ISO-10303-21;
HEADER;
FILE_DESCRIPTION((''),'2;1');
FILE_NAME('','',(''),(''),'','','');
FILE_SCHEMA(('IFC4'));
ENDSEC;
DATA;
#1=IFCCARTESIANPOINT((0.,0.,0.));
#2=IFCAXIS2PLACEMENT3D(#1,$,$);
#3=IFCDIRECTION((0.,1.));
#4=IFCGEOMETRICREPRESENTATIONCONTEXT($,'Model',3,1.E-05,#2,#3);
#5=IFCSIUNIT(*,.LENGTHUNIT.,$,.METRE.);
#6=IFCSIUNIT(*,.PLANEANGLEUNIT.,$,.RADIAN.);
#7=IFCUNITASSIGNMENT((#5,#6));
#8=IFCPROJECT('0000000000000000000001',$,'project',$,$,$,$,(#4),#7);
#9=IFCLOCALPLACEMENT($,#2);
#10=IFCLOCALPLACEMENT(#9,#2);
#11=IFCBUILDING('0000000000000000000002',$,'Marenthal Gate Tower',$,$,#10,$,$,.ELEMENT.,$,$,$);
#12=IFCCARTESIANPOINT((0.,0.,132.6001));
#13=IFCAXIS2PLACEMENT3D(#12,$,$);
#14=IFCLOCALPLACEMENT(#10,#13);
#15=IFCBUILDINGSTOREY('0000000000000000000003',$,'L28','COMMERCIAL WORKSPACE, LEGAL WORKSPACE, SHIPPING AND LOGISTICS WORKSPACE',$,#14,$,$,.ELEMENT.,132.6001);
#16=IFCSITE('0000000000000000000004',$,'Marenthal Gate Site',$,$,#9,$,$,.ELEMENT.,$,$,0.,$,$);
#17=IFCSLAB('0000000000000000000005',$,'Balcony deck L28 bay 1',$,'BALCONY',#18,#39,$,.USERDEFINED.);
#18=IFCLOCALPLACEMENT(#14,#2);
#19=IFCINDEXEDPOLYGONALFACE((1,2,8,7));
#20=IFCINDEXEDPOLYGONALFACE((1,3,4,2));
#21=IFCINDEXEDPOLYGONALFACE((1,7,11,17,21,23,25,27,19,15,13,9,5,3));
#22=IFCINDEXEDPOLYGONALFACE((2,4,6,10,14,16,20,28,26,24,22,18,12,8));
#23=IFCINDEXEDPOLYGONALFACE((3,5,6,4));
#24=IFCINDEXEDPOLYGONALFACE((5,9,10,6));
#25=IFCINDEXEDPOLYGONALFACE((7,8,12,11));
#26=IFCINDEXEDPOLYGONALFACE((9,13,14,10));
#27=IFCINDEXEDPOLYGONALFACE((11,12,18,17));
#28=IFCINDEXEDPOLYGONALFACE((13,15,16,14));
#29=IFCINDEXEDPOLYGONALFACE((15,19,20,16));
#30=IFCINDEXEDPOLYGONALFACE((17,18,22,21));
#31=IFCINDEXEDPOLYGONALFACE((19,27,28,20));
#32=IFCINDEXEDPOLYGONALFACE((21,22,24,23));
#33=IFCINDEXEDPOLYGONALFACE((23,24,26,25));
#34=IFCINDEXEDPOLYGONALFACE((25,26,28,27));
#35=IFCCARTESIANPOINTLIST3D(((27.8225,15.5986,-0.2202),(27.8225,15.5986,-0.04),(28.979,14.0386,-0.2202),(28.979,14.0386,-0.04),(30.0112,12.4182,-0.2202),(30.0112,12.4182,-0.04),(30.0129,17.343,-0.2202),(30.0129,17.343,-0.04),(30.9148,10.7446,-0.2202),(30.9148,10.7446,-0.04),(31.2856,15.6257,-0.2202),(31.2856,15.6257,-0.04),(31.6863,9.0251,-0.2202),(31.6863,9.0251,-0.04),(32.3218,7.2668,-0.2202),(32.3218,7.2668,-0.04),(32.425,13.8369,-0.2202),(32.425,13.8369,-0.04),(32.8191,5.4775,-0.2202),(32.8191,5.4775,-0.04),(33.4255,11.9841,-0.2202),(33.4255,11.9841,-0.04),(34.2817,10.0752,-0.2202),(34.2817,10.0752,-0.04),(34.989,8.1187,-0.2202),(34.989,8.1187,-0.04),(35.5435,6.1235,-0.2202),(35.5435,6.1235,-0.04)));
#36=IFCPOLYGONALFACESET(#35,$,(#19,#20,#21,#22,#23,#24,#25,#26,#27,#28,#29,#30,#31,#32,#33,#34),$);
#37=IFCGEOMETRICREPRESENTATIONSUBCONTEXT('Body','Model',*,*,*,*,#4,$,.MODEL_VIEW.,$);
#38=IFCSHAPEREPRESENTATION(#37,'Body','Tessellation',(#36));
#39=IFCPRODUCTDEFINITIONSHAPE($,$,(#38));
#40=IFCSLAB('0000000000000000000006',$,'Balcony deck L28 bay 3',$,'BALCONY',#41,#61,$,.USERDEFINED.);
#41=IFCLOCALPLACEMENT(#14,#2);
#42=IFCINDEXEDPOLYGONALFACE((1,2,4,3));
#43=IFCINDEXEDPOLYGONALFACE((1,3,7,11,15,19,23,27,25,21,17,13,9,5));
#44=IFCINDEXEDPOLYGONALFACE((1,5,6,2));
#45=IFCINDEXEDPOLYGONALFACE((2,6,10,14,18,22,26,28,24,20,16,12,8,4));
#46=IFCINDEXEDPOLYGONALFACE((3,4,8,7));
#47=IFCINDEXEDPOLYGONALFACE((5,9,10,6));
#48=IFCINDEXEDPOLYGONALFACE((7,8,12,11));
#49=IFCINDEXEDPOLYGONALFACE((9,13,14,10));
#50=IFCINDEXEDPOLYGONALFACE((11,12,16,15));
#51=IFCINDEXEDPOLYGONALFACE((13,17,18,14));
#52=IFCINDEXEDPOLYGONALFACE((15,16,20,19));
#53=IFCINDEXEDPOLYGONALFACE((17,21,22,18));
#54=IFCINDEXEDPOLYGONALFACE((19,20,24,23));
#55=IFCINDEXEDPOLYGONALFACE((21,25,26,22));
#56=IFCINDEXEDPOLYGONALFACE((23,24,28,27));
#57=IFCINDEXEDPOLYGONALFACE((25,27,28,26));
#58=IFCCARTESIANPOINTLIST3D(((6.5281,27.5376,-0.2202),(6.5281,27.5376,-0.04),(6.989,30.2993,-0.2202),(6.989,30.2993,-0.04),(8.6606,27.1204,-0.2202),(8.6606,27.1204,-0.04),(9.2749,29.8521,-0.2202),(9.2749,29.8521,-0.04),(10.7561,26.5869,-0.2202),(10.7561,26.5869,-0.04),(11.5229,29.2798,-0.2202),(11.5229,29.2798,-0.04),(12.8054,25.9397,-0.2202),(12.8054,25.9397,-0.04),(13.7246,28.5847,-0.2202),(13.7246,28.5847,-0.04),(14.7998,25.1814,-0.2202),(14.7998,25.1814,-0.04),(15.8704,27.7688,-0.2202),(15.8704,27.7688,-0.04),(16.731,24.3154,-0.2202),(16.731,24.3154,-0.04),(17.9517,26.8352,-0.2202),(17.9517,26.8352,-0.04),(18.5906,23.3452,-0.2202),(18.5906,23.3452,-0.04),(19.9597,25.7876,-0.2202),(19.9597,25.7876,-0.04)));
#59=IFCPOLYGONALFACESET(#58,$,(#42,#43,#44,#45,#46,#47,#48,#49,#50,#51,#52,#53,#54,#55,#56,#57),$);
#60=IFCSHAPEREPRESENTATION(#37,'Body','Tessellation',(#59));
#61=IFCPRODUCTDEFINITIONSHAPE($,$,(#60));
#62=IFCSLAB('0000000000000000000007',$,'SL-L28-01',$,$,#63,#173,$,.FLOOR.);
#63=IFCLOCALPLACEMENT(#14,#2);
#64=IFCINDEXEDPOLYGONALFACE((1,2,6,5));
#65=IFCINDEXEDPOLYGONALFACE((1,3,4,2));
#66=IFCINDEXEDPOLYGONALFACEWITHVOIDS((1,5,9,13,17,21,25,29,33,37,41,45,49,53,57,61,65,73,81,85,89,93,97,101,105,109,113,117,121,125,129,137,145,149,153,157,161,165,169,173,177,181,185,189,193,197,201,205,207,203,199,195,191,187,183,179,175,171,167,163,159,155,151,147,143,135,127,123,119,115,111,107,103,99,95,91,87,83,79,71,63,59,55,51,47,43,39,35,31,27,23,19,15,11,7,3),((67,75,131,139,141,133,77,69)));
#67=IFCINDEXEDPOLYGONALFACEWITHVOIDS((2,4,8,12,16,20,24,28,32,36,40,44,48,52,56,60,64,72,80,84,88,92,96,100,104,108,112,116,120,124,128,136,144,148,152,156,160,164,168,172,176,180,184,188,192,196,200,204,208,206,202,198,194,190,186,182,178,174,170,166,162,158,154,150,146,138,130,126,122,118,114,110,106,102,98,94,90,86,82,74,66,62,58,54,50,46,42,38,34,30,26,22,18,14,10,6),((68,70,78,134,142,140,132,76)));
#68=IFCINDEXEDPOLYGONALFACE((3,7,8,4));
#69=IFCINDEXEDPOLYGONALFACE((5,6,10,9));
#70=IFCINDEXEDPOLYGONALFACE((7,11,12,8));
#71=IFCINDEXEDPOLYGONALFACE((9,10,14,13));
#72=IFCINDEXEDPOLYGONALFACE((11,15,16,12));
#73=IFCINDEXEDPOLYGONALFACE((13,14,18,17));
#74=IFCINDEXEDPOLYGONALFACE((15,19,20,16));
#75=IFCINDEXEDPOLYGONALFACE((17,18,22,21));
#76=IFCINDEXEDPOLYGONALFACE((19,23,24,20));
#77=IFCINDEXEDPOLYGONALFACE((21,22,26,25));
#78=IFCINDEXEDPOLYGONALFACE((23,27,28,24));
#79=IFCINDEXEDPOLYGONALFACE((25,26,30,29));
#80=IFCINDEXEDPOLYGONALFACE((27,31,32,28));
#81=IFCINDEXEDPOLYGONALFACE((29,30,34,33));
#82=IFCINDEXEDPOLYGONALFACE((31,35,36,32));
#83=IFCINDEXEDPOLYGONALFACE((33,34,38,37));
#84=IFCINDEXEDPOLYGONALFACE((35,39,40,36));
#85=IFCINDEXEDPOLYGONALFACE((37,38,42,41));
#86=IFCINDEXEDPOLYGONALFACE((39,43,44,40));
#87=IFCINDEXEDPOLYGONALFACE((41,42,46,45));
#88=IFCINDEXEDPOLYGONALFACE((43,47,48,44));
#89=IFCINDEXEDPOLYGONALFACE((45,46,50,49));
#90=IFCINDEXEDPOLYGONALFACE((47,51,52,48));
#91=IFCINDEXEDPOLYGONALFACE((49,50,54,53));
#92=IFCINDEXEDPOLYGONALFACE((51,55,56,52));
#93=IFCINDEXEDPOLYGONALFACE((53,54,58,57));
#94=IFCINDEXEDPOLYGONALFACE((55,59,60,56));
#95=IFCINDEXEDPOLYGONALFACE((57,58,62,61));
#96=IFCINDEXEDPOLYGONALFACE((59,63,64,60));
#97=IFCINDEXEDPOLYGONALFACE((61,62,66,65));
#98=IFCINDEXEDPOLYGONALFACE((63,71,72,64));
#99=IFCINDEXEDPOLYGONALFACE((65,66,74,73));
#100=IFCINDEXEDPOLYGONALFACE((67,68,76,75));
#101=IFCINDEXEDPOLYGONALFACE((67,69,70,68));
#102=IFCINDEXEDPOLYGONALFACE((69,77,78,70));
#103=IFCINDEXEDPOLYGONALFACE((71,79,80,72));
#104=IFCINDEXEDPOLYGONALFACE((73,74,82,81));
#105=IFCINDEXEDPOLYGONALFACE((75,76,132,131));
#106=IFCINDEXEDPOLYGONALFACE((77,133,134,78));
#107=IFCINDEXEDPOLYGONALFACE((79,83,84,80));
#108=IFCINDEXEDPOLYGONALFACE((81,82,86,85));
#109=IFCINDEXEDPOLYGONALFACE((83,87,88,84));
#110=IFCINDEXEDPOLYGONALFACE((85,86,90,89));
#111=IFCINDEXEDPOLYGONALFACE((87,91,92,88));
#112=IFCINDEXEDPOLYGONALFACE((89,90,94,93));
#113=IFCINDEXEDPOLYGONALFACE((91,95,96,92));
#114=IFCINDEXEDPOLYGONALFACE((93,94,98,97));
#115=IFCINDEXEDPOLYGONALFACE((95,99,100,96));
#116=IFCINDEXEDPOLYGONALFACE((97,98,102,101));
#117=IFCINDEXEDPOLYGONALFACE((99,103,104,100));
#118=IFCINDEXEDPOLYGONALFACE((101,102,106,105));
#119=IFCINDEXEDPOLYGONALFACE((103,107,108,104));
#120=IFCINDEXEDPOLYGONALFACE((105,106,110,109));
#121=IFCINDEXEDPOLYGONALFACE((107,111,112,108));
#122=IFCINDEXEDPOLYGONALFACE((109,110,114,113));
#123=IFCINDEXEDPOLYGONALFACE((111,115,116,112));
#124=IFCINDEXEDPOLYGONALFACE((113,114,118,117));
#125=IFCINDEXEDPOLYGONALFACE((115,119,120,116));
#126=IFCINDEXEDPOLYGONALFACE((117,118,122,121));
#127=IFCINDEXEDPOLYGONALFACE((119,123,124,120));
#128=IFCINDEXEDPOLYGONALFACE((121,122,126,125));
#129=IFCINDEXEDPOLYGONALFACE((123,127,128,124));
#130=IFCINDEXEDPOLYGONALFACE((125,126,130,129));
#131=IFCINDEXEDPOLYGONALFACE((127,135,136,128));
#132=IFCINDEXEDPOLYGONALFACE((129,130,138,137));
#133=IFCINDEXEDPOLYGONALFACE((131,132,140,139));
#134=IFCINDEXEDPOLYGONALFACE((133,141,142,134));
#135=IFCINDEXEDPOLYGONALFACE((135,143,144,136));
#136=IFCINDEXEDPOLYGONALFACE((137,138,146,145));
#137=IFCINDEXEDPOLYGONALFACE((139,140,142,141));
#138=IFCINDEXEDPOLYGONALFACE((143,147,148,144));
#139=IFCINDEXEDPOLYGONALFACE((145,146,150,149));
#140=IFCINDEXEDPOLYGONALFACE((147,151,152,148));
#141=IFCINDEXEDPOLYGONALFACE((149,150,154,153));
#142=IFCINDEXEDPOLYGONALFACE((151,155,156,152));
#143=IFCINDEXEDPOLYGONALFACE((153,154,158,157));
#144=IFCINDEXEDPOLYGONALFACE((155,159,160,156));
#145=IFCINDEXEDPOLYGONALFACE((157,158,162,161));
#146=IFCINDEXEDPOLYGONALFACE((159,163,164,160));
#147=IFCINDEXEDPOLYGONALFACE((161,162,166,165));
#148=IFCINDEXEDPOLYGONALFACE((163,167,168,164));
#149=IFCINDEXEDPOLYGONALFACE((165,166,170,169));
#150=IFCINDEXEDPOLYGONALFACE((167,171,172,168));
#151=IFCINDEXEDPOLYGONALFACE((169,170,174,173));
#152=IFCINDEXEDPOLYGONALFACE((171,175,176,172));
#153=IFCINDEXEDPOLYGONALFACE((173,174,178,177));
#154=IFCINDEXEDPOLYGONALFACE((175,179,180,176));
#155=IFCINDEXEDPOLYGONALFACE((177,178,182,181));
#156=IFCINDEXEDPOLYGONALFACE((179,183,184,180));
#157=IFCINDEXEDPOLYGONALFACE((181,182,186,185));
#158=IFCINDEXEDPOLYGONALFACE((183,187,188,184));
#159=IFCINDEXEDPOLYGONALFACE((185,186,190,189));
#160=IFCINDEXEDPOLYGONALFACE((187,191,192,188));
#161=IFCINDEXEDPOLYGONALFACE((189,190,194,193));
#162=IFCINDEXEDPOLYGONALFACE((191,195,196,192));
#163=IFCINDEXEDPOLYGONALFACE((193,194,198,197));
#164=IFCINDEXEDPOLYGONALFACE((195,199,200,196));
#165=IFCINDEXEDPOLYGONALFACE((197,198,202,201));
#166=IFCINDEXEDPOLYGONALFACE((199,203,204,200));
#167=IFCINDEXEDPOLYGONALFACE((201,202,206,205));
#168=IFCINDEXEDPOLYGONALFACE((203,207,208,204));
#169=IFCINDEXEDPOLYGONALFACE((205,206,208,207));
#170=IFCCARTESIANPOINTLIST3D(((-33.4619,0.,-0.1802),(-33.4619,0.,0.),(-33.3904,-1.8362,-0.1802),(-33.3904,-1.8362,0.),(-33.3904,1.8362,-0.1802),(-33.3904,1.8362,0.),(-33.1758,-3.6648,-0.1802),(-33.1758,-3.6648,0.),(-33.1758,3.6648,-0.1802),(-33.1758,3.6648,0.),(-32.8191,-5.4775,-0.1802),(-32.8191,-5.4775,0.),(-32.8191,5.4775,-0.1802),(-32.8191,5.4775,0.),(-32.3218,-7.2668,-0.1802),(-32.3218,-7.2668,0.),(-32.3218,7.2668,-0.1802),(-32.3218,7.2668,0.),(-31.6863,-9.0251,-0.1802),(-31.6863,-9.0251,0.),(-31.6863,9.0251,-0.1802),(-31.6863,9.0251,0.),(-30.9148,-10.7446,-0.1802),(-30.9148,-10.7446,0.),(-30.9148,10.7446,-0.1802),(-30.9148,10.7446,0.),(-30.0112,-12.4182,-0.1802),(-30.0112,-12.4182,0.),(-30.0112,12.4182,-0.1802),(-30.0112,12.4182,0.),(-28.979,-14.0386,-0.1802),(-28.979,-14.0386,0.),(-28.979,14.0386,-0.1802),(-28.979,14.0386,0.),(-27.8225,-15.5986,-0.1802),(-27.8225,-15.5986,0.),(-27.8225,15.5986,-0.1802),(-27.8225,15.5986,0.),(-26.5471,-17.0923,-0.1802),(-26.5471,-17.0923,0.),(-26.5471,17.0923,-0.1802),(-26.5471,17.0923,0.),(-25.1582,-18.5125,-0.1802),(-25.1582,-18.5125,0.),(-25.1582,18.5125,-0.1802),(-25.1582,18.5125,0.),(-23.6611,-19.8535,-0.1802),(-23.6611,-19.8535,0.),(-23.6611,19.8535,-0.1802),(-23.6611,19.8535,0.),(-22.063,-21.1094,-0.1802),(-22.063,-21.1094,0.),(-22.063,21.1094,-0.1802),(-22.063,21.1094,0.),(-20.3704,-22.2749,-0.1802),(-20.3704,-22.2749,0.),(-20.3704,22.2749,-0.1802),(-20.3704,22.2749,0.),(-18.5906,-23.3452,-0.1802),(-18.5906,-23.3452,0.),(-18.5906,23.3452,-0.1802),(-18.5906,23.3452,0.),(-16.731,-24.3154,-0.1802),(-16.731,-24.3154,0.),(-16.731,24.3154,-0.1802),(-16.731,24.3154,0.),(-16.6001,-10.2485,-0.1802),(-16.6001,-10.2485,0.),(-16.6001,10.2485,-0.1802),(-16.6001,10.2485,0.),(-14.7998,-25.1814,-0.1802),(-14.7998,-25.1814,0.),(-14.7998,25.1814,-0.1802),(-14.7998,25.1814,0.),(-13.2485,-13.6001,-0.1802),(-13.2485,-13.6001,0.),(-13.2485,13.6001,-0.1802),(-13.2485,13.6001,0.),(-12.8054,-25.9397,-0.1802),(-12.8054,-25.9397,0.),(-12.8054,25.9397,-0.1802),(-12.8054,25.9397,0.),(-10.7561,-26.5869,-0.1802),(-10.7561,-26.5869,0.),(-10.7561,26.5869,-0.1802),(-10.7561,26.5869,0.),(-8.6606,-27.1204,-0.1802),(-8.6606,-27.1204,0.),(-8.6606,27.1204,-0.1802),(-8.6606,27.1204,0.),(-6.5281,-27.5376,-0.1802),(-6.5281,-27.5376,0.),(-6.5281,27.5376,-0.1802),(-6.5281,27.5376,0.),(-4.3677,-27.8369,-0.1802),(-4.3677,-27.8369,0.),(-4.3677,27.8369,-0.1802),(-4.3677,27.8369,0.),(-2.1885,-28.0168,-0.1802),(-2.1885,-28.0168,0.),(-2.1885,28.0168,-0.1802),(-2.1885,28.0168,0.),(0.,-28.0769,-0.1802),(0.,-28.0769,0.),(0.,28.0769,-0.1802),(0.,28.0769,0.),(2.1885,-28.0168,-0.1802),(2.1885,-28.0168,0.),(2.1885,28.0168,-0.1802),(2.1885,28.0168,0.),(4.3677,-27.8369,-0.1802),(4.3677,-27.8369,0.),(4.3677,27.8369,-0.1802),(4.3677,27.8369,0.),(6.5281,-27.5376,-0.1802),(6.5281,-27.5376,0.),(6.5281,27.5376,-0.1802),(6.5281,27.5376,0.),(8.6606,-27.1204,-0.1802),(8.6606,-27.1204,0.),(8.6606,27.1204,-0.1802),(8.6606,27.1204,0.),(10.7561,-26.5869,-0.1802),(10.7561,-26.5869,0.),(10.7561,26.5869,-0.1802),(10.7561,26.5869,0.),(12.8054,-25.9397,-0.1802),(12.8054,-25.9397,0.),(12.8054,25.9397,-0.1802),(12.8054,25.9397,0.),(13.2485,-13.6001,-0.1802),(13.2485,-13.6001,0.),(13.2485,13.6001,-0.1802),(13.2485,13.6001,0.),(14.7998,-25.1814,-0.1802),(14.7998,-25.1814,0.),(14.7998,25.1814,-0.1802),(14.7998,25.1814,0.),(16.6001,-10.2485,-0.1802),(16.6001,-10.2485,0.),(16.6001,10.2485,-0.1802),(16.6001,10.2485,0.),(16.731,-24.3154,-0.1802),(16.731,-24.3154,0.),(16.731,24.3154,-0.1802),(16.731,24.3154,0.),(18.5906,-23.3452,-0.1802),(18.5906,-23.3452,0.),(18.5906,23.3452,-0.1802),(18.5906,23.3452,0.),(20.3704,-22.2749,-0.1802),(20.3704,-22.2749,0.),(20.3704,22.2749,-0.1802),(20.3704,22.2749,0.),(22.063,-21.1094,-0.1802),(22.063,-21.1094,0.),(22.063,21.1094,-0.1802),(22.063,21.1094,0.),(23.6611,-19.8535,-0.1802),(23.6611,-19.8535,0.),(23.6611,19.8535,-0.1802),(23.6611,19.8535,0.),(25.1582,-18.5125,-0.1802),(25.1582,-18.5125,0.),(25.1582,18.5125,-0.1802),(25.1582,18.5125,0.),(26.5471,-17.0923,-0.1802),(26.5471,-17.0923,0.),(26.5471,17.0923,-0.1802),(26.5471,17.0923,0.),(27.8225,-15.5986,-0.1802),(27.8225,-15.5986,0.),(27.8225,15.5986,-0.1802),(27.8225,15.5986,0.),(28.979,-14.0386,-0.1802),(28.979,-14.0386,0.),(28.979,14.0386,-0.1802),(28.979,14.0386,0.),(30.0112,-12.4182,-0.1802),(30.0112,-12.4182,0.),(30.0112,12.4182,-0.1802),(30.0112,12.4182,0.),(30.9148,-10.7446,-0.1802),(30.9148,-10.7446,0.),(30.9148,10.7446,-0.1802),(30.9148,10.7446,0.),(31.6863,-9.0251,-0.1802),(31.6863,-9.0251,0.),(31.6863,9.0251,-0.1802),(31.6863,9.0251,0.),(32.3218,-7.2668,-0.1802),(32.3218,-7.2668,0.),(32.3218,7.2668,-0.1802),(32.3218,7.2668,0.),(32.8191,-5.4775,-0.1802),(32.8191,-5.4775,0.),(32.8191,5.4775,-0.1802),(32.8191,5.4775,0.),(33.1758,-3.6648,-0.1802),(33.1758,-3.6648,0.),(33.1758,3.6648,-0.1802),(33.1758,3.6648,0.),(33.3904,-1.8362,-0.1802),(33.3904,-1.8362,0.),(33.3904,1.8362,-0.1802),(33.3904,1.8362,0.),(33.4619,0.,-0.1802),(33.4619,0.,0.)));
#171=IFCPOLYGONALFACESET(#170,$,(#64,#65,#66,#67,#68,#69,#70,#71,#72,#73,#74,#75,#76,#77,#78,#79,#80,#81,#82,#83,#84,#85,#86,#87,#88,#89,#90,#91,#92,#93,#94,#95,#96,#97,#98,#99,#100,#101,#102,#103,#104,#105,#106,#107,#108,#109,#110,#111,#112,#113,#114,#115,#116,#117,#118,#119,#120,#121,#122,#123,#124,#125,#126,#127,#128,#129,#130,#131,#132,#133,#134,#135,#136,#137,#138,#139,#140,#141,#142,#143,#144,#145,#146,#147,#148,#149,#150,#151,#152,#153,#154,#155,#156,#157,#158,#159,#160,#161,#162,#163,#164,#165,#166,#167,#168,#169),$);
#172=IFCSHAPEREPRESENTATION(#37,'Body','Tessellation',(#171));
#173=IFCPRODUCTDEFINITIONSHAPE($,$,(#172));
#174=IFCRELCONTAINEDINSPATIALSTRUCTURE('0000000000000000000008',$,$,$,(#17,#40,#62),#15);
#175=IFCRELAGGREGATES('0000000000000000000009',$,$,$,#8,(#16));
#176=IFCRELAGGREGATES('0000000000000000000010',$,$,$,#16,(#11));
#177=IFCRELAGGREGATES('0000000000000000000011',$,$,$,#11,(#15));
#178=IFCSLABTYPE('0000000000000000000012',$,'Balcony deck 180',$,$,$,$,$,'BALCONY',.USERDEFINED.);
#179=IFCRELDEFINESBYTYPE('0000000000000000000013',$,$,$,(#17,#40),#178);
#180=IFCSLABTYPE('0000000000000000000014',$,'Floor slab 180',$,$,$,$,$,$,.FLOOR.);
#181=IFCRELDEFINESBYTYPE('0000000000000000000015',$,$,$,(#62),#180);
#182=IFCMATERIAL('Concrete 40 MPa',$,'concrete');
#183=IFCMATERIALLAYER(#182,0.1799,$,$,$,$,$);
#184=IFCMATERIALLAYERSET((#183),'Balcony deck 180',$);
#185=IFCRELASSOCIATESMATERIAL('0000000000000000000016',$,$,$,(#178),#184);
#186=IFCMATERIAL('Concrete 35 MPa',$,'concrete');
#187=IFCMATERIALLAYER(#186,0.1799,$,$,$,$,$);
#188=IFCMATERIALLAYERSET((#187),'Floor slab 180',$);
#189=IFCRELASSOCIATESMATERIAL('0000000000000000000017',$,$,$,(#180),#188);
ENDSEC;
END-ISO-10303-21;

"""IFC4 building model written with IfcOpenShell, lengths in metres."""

from ifc_helpers import new_model, si_unit, direction, frame, origin, place, context, subcontext, project, spatial, polyline, outline, extrude, material, layer, layer_set, type_object, element, save


model = new_model("IFC4")

# Units and contexts
model_context = context("Model", 3, precision=1e-05, world=origin(), true_north=direction((0.0, 1.0)))
body_context = subcontext(model_context, "Body", "Model", "MODEL_VIEW")
ifc_project = project(units=[si_unit("LENGTHUNIT", "METRE"), si_unit("PLANEANGLEUNIT", "RADIAN")], contexts=[model_context])

# Site, building, storey
site_placement = place(None, origin())
site = spatial("IfcSite", under=ifc_project, at=site_placement, Name="Marenthal Gate Site", CompositionType="ELEMENT", RefElevation=0.0)
building_placement = place(site_placement, origin())
building = spatial("IfcBuilding", under=site, at=building_placement, Name="Marenthal Gate Tower", CompositionType="ELEMENT")
storey_placement = place(building_placement, frame((0.0, 0.0, 132.6001)))
storey = spatial("IfcBuildingStorey", under=building, at=storey_placement, Name="L28", Description="COMMERCIAL WORKSPACE, LEGAL WORKSPACE, SHIPPING AND LOGISTICS WORKSPACE", CompositionType="ELEMENT", Elevation=132.6001)

# Slabs
ifc_material_1 = material(Name="Concrete 40 MPa", Category="concrete")
ifc_layer_1 = layer(ifc_material_1, 0.1799)
ifc_layer_set_1 = layer_set([ifc_layer_1], Name="Balcony deck 180")
slab_type_1 = type_object("IfcSlabType", Name="Balcony deck 180", ElementType="BALCONY", PredefinedType="USERDEFINED", material=ifc_layer_set_1)
slab_1_placement = place(storey_placement, frame((0.0, 0.0, -0.2202)))
element("IfcSlab", 1, at=slab_1_placement, inside=storey, type_object=slab_type_1, Name="Balcony deck L28 bay 1", ObjectType="BALCONY", PredefinedType="USERDEFINED", context=body_context, shape_type="SweptSolid", body=[
    extrude(outline(polyline([(32.8191, 5.4775), (32.3218, 7.2668), (31.6863, 9.0251), (30.9148, 10.7446), (30.0112, 12.4182), (28.979, 14.0386), (27.8225, 15.5986), (30.0129, 17.343), (31.2856, 15.6257), (32.425, 13.8369), (33.4255, 11.9841), (34.2817, 10.0752), (34.989, 8.1187), (35.5435, 6.1235), (32.8191, 5.4775)])), origin(), (0.0, 0.0, 1.0), 0.1802),
])
slab_2_placement = place(storey_placement, frame((0.0, 0.0, -0.2202)))
element("IfcSlab", 2, at=slab_2_placement, inside=storey, type_object=slab_type_1, Name="Balcony deck L28 bay 3", ObjectType="BALCONY", PredefinedType="USERDEFINED", context=body_context, shape_type="SweptSolid", body=[
    extrude(outline(polyline([(18.5906, 23.3452), (16.731, 24.3154), (14.7998, 25.1814), (12.8054, 25.9397), (10.7561, 26.5869), (8.6606, 27.1204), (6.5281, 27.5376), (6.989, 30.2993), (9.2749, 29.8521), (11.5229, 29.2798), (13.7246, 28.5847), (15.8704, 27.7688), (17.9517, 26.8352), (19.9597, 25.7876), (18.5906, 23.3452)])), origin(), (0.0, 0.0, 1.0), 0.1802),
])
ifc_material_2 = material(Name="Concrete 35 MPa", Category="concrete")
ifc_layer_2 = layer(ifc_material_2, 0.1799)
ifc_layer_set_2 = layer_set([ifc_layer_2], Name="Floor slab 180")
slab_type_2 = type_object("IfcSlabType", Name="Floor slab 180", PredefinedType="FLOOR", material=ifc_layer_set_2)
slab_3_placement = place(storey_placement, frame((0.0, 0.0, -0.1802)))
element("IfcSlab", 3, at=slab_3_placement, inside=storey, type_object=slab_type_2, Name="SL-L28-01", PredefinedType="FLOOR", context=body_context, shape_type="SweptSolid", body=[
    extrude(outline(polyline([(33.4619, 0.0), (33.3904, 1.8362), (33.1758, 3.6648), (32.8191, 5.4775), (32.3218, 7.2668), (31.6863, 9.0251), (30.9148, 10.7446), (30.0112, 12.4182), (28.979, 14.0386), (27.8225, 15.5986), (26.5471, 17.0923), (25.1582, 18.5125), (23.6611, 19.8535), (22.063, 21.1094), (20.3704, 22.2749), (18.5906, 23.3452), (16.731, 24.3154), (14.7998, 25.1814), (12.8054, 25.9397), (10.7561, 26.5869), (8.6606, 27.1204), (6.5281, 27.5376), (4.3677, 27.8369), (2.1885, 28.0168), (0.0, 28.0769), (-2.1885, 28.0168), (-4.3677, 27.8369), (-6.5281, 27.5376), (-8.6606, 27.1204), (-10.7561, 26.5869), (-12.8054, 25.9397), (-14.7998, 25.1814), (-16.731, 24.3154), (-18.5906, 23.3452), (-20.3704, 22.2749), (-22.063, 21.1094), (-23.6611, 19.8535), (-25.1582, 18.5125), (-26.5471, 17.0923), (-27.8225, 15.5986), (-28.979, 14.0386), (-30.0112, 12.4182), (-30.9148, 10.7446), (-31.6863, 9.0251), (-32.3218, 7.2668), (-32.8191, 5.4775), (-33.1758, 3.6648), (-33.3904, 1.8362), (-33.4619, 0.0), (-33.3904, -1.8362), (-33.1758, -3.6648), (-32.8191, -5.4775), (-32.3218, -7.2668), (-31.6863, -9.0251), (-30.9148, -10.7446), (-30.0112, -12.4182), (-28.979, -14.0386), (-27.8225, -15.5986), (-26.5471, -17.0923), (-25.1582, -18.5125), (-23.6611, -19.8535), (-22.063, -21.1094), (-20.3704, -22.2749), (-18.5906, -23.3452), (-16.731, -24.3154), (-14.7998, -25.1814), (-12.8054, -25.9397), (-10.7561, -26.5869), (-8.6606, -27.1204), (-6.5281, -27.5376), (-4.3677, -27.8369), (-2.1885, -28.0168), (0.0, -28.0769), (2.1885, -28.0168), (4.3677, -27.8369), (6.5281, -27.5376), (8.6606, -27.1204), (10.7561, -26.5869), (12.8054, -25.9397), (14.7998, -25.1814), (16.731, -24.3154), (18.5906, -23.3452), (20.3704, -22.2749), (22.063, -21.1094), (23.6611, -19.8535), (25.1582, -18.5125), (26.5471, -17.0923), (27.8225, -15.5986), (28.979, -14.0386), (30.0112, -12.4182), (30.9148, -10.7446), (31.6863, -9.0251), (32.3218, -7.2668), (32.8191, -5.4775), (33.1758, -3.6648), (33.3904, -1.8362), (33.4619, 0.0)]), holes=[polyline([(13.2485, -13.6001), (16.6001, -10.2485), (16.6001, 10.2485), (13.2485, 13.6001), (-13.2485, 13.6001), (-16.6001, 10.2485), (-16.6001, -10.2485), (-13.2485, -13.6001), (13.2485, -13.6001)])]), origin(), (0.0, 0.0, 1.0), 0.1802),
])

save(model, "model.ifc")
